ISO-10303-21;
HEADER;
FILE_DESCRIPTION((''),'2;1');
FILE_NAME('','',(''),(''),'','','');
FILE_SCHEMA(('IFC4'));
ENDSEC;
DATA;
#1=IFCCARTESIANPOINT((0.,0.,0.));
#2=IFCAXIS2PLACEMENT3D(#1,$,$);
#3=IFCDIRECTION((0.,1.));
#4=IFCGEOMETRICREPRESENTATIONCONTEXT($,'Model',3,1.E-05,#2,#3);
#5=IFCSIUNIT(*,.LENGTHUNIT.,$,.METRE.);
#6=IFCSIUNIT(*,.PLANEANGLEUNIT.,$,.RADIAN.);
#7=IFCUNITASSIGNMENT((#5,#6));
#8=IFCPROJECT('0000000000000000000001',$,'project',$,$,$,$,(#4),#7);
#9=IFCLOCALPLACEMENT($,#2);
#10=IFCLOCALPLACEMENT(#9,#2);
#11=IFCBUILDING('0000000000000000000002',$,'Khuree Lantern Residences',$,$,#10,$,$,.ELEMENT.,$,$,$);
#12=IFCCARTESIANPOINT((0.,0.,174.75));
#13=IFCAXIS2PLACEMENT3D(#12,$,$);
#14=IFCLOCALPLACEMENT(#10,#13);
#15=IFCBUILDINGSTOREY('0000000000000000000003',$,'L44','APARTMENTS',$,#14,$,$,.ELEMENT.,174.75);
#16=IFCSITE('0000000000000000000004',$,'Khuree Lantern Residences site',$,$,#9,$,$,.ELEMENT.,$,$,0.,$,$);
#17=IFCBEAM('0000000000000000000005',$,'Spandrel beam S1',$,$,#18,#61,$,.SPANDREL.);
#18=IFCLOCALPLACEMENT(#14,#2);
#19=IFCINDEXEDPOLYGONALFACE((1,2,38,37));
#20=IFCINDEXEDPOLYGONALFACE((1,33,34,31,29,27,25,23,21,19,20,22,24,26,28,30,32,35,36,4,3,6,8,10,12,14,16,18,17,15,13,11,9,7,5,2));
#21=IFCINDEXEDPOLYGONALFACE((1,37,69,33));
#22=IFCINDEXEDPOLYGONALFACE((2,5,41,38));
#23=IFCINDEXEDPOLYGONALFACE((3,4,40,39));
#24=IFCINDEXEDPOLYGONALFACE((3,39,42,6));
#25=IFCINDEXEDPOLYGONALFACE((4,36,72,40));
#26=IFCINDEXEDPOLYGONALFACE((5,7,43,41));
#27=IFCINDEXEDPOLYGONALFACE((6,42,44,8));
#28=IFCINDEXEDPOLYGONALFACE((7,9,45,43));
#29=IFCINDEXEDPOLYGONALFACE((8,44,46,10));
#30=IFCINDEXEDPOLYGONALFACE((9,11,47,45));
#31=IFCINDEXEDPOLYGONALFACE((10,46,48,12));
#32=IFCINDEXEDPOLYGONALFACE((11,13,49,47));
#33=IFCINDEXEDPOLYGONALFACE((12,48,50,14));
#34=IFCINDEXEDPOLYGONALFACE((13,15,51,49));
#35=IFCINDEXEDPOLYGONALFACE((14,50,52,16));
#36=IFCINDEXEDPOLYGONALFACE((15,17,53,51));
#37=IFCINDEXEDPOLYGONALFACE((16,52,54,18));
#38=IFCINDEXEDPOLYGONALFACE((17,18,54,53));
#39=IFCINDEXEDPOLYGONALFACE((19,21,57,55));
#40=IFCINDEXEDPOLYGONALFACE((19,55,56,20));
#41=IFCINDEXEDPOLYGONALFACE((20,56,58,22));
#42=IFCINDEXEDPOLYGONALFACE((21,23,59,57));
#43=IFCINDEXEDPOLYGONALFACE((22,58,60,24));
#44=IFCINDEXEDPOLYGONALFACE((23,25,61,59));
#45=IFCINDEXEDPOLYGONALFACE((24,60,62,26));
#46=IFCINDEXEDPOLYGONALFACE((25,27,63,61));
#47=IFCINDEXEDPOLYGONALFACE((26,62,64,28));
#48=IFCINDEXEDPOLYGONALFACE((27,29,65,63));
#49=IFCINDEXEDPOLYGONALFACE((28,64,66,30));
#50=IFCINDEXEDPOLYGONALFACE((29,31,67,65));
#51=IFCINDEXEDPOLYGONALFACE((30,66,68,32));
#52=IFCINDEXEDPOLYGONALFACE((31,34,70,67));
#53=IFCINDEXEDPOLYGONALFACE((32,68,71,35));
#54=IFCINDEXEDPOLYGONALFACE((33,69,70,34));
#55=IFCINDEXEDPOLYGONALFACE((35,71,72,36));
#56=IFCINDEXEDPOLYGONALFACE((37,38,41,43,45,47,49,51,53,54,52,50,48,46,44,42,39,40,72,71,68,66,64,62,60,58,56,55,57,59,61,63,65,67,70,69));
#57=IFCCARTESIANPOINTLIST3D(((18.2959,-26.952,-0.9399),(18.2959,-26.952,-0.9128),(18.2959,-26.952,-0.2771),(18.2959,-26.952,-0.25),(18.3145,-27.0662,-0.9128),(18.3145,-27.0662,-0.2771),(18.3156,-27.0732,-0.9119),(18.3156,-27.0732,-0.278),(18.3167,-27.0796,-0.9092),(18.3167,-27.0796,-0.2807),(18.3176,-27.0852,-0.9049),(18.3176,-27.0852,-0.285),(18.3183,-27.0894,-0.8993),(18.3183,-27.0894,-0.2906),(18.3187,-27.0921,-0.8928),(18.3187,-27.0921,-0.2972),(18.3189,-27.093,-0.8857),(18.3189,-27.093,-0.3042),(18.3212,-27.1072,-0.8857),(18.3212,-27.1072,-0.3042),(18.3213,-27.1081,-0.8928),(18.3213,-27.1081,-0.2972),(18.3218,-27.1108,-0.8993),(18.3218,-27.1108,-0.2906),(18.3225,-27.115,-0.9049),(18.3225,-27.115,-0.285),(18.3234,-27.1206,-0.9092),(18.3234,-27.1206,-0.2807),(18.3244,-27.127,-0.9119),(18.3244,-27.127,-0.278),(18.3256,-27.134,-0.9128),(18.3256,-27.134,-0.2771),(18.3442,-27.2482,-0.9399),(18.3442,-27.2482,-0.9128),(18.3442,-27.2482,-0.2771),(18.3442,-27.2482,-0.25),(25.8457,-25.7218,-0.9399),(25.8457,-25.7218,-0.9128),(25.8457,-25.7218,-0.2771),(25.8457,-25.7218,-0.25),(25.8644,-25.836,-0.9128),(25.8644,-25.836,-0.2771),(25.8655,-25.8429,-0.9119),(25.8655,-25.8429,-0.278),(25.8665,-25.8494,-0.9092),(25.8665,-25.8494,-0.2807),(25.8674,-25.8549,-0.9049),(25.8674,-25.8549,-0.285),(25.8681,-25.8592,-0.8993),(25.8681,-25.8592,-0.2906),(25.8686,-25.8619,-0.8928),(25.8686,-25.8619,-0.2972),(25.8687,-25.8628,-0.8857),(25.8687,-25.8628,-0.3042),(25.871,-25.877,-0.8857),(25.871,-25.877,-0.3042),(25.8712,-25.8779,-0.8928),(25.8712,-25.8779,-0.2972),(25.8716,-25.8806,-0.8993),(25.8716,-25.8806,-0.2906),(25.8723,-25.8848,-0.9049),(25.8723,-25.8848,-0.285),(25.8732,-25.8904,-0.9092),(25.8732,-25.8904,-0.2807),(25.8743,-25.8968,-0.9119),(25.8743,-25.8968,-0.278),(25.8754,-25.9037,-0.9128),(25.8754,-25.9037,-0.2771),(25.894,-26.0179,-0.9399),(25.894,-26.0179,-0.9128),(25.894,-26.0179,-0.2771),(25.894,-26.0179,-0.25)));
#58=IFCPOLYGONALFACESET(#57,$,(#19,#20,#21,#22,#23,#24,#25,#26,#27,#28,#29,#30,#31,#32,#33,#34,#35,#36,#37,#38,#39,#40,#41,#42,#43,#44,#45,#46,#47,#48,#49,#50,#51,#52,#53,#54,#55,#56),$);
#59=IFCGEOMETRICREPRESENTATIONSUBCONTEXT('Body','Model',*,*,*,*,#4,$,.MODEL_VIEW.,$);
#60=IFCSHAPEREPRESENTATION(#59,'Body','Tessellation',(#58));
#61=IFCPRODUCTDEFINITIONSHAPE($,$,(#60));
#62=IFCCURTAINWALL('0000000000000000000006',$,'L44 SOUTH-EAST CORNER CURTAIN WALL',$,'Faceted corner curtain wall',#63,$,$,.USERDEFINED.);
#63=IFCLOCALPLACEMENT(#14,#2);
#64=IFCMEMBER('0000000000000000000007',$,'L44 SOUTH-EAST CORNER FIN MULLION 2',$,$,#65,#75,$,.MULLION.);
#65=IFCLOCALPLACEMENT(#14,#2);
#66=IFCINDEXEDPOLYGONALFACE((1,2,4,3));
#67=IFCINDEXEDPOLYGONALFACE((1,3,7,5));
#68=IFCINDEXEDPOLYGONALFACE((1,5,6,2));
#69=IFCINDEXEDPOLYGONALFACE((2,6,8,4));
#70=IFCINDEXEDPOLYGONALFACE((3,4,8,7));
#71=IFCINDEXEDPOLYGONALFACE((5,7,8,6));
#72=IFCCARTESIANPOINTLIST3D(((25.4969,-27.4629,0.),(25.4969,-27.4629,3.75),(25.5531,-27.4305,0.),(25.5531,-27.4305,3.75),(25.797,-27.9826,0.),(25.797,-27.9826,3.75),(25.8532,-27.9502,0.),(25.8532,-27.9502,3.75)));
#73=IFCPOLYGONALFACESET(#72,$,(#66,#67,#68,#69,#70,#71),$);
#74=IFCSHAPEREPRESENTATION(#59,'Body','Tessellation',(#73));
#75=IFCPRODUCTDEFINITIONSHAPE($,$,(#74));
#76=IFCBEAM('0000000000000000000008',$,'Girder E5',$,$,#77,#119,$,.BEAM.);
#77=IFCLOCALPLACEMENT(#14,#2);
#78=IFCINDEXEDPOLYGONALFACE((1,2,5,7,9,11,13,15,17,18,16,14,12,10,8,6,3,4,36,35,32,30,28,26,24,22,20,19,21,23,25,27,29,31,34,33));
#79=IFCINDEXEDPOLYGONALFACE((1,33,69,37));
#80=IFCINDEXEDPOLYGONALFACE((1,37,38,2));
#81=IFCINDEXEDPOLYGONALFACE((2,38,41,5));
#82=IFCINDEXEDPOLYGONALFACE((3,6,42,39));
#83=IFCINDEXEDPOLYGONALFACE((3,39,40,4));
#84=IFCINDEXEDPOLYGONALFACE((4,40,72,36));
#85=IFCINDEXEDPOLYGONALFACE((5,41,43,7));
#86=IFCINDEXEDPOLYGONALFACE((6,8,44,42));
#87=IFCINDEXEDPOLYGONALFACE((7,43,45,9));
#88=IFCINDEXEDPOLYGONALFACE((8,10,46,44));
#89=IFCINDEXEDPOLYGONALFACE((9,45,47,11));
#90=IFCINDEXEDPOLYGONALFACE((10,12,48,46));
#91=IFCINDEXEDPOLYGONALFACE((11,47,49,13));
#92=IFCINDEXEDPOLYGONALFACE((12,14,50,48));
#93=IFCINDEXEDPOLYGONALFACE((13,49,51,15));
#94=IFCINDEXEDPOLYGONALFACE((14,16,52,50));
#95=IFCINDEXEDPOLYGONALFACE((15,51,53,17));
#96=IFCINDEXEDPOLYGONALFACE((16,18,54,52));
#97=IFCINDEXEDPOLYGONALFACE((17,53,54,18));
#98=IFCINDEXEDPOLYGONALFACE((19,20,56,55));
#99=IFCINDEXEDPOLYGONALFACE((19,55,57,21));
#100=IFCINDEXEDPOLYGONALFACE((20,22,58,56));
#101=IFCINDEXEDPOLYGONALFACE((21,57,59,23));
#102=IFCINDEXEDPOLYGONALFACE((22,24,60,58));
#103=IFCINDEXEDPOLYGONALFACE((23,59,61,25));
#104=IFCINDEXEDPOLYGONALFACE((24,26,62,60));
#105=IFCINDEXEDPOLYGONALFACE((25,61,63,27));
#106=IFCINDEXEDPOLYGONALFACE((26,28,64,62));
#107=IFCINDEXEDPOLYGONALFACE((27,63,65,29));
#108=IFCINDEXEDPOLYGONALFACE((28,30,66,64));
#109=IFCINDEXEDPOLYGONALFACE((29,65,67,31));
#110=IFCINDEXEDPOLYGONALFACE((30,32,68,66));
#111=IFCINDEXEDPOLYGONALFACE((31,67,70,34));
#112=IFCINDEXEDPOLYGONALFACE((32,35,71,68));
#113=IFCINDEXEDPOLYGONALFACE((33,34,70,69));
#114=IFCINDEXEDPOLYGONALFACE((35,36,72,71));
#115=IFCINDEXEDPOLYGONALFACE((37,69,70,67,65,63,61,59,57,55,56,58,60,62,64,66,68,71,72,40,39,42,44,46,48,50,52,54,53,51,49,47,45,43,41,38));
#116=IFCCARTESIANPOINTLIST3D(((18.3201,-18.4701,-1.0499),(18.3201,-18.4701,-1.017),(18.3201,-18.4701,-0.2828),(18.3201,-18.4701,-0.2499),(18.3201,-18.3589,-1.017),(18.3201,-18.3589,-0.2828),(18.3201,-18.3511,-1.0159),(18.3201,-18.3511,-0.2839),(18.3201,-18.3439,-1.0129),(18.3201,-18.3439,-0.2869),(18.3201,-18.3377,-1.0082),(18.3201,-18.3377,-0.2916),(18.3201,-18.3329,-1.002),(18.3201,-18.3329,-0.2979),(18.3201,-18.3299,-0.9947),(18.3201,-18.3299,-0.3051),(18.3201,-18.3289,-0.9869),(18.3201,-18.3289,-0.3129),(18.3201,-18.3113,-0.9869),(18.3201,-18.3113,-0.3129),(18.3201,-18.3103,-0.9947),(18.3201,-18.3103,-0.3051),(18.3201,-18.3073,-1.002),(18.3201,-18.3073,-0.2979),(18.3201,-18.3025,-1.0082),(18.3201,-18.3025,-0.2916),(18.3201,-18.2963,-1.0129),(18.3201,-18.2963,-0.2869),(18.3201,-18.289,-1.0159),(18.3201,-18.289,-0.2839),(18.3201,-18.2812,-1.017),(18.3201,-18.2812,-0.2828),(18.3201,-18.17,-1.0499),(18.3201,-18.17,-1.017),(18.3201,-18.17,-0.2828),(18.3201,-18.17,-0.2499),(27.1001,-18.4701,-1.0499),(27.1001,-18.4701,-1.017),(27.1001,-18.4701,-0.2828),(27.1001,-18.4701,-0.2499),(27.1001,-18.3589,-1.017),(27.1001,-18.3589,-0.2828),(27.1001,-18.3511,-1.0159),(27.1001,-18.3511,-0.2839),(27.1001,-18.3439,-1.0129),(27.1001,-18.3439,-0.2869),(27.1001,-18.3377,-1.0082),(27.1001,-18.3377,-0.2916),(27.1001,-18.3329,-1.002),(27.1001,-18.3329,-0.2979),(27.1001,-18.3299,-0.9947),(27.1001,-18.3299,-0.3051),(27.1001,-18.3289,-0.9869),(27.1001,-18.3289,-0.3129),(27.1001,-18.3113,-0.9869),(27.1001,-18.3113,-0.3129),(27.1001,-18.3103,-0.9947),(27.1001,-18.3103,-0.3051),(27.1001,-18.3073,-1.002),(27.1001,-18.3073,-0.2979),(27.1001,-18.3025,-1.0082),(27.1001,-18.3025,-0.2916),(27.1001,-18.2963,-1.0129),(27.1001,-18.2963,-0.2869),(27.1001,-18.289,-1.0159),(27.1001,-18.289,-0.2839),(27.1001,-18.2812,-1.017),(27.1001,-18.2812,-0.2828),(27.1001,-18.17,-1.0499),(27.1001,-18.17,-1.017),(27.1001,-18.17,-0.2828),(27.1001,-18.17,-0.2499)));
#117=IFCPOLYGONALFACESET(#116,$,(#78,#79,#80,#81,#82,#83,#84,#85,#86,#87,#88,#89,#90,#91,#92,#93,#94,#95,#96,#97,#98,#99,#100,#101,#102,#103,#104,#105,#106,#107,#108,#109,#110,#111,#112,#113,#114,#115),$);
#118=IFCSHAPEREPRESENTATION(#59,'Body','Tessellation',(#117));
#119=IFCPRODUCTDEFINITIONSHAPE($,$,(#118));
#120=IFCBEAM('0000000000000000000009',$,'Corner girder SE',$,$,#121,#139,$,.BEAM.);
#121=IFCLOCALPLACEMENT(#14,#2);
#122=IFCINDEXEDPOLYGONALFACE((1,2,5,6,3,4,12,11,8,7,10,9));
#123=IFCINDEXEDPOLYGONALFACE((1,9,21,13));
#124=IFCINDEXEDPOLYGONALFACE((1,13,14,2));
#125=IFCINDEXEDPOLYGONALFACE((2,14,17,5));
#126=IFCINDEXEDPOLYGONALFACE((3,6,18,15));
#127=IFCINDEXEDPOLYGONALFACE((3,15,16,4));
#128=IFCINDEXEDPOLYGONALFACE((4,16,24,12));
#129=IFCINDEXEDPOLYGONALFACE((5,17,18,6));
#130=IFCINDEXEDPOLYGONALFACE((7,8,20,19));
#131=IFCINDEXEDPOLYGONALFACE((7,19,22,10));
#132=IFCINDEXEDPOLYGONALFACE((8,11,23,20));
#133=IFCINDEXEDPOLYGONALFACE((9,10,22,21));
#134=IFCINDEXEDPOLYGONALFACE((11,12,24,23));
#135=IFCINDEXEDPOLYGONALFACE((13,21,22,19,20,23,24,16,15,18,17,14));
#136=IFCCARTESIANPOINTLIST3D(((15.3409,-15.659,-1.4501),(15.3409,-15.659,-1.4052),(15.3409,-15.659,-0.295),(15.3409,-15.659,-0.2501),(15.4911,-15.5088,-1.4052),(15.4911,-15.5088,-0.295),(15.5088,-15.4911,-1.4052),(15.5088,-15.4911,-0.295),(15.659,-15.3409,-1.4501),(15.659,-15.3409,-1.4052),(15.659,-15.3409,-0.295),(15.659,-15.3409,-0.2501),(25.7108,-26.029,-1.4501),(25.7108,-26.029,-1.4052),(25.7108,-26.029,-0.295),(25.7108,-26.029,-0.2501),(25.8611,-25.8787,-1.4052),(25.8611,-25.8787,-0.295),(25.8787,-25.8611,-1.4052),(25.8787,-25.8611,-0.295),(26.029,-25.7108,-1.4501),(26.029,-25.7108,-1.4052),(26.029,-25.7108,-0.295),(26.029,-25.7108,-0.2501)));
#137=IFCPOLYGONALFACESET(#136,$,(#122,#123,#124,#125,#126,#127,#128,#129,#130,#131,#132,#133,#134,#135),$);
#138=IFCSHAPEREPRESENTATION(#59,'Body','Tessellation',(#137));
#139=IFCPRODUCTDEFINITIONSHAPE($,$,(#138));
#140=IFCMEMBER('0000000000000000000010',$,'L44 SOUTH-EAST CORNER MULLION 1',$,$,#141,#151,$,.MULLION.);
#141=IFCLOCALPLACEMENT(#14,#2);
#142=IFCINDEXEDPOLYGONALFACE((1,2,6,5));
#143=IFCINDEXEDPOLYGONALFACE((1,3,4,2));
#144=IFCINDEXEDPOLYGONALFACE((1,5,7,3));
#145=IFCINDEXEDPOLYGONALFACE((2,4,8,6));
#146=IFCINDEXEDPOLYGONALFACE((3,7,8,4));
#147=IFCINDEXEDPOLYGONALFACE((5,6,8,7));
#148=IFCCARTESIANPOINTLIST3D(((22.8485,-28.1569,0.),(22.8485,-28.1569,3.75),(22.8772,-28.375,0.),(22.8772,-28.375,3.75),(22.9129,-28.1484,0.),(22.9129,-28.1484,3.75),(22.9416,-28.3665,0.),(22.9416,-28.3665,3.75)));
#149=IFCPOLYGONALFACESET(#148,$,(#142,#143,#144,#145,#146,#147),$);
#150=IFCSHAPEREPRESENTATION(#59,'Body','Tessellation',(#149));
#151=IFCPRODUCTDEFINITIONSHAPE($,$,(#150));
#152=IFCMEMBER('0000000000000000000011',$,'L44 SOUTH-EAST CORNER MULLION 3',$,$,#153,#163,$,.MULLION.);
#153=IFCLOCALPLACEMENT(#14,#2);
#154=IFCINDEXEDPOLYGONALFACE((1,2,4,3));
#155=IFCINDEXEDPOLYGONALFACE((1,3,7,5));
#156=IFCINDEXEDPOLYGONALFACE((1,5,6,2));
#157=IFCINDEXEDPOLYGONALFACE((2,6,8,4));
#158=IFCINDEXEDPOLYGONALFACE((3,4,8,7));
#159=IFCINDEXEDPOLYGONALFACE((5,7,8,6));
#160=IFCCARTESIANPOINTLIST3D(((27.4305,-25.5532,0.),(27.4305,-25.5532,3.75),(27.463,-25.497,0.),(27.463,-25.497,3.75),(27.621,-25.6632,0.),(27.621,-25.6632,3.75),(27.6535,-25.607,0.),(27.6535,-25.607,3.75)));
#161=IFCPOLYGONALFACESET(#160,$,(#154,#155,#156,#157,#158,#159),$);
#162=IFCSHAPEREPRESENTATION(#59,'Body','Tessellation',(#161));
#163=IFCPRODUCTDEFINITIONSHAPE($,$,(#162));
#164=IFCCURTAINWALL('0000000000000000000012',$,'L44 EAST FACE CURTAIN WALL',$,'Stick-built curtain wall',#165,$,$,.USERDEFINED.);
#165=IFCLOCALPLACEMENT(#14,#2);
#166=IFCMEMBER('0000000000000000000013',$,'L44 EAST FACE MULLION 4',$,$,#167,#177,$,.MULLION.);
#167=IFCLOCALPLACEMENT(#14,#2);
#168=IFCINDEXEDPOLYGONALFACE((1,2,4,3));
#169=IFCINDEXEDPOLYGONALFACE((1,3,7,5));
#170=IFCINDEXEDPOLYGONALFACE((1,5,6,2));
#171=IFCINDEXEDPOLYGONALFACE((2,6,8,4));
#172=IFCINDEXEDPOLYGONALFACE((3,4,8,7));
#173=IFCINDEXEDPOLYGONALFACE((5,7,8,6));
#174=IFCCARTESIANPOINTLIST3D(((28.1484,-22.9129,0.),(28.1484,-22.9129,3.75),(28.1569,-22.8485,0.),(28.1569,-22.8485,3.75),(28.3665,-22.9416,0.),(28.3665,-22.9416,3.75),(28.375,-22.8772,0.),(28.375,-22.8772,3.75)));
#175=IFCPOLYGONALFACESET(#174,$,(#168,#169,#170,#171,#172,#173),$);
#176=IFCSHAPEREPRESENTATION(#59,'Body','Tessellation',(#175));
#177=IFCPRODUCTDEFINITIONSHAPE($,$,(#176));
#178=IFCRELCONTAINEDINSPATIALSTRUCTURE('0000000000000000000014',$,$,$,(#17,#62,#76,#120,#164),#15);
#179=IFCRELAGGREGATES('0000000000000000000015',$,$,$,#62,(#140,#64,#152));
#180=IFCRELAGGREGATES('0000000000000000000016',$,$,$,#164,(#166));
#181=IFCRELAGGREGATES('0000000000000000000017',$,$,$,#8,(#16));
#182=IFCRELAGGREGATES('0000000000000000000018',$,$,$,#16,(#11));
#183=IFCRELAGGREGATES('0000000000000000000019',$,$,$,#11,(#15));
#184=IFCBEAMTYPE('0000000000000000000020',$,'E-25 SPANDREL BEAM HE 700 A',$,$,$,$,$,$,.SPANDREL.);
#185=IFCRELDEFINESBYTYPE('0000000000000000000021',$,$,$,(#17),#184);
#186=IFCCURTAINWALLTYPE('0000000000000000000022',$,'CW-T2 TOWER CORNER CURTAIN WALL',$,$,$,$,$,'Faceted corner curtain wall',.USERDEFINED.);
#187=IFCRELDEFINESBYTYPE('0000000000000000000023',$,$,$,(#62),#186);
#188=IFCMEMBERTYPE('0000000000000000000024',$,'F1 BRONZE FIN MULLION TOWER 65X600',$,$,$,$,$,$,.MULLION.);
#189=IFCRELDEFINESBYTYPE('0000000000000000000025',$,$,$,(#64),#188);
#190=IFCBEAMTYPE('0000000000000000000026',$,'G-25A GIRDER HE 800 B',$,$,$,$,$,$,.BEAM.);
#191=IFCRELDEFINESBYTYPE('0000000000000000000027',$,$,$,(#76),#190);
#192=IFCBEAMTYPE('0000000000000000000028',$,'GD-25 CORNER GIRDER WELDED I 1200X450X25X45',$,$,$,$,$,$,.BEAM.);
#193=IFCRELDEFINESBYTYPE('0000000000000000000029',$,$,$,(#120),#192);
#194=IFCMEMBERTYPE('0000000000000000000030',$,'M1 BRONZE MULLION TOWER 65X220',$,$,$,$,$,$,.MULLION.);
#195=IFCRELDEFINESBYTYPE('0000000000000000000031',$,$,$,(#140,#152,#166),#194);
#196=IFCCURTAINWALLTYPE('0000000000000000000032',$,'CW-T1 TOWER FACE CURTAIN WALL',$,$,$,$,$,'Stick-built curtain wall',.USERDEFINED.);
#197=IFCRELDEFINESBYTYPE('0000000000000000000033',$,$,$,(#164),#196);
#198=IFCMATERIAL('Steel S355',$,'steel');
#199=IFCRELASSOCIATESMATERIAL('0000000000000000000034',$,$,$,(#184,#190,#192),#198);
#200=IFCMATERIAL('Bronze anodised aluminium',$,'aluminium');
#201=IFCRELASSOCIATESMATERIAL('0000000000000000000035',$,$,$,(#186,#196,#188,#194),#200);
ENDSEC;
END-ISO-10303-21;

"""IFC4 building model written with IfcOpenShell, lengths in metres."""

from ifc_helpers import new_model, si_unit, direction, frame, origin, origin_2d, place, context, subcontext, project, spatial, rectangle, i_section, extrude, material, material_profile, profile_set, type_object, element, aggregate, save


model = new_model("IFC4")

# Units and contexts
model_context = context("Model", 3, precision=1e-05, world=origin(), true_north=direction((0.0, 1.0)))
body_context = subcontext(model_context, "Body", "Model", "MODEL_VIEW")
ifc_project = project(units=[si_unit("LENGTHUNIT", "METRE"), si_unit("PLANEANGLEUNIT", "RADIAN")], contexts=[model_context])

# Site, building, storey
site_placement = place(None, origin())
site = spatial("IfcSite", under=ifc_project, at=site_placement, Name="Khuree Lantern Residences site", CompositionType="ELEMENT", RefElevation=0.0)
building_placement = place(site_placement, origin())
building = spatial("IfcBuilding", under=site, at=building_placement, Name="Khuree Lantern Residences", CompositionType="ELEMENT")
storey_placement = place(building_placement, frame((0.0, 0.0, 174.75)))
storey = spatial("IfcBuildingStorey", under=building, at=storey_placement, Name="L44", Description="APARTMENTS", CompositionType="ELEMENT", Elevation=174.75)

# Beam
ifc_material_1 = material(Name="Steel S355", Category="steel")
ifc_material_profile_1 = material_profile(ifc_material_1, i_section(OverallWidth=0.3, OverallDepth=0.6899, WebThickness=0.0144, FlangeThickness=0.0271, FilletRadius=0.0271, at=origin_2d()), Name="HE 700 A")
ifc_profile_set_1 = profile_set([ifc_material_profile_1], Name="Steel S355")
beam_type_1 = type_object("IfcBeamType", Name="E-25 SPANDREL BEAM HE 700 A", PredefinedType="SPANDREL", material=ifc_profile_set_1)
for number, where, z_axis, x_axis, name in (
    (1, (25.8699, -25.8699, -0.595), (-0.986983, -0.160827, 0.0), (0.160827, -0.986983, 0.0), "Spandrel beam S1"),
):
    element("IfcBeam", number, at=place(storey_placement, frame(where, z_axis=z_axis, x_axis=x_axis)), inside=storey, type_object=beam_type_1, Name=name, PredefinedType="SPANDREL", context=body_context, shape_type="SweptSolid", body=[
        extrude(i_section(OverallWidth=0.3, OverallDepth=0.6899, WebThickness=0.0144, FlangeThickness=0.0271, FilletRadius=0.0271, at=origin_2d()), origin(), (0.0, 0.0, 1.0), 7.6494),
    ])

# Curtain wall, member
ifc_material_2 = material(Name="Bronze anodised aluminium", Category="aluminium")
curtain_wall_type_1 = type_object("IfcCurtainWallType", Name="CW-T2 TOWER CORNER CURTAIN WALL", ElementType="Faceted corner curtain wall", PredefinedType="USERDEFINED", material=ifc_material_2)
curtain_wall_1_placement = place(storey_placement, origin())
curtain_wall_1 = element("IfcCurtainWall", 2, at=curtain_wall_1_placement, inside=storey, type_object=curtain_wall_type_1, Name="L44 SOUTH-EAST CORNER CURTAIN WALL", ObjectType="Faceted corner curtain wall", PredefinedType="USERDEFINED")
ifc_material_profile_2 = material_profile(ifc_material_2, rectangle(XDim=0.0649, YDim=0.6001, at=origin_2d()), Name="F1 65X600")
ifc_profile_set_2 = profile_set([ifc_material_profile_2], Name="Bronze anodised aluminium")
member_type_1 = type_object("IfcMemberType", Name="F1 BRONZE FIN MULLION TOWER 65X600", PredefinedType="MULLION", material=ifc_profile_set_2)
member_1_placement = place(storey_placement, frame((25.675, -27.7065, 0.0), z_axis=(0.0, 0.0, 1.0), x_axis=(0.866025, 0.5, 0.0)))
member_1 = element("IfcMember", 3, at=member_1_placement, type_object=member_type_1, Name="L44 SOUTH-EAST CORNER FIN MULLION 2", PredefinedType="MULLION", context=body_context, shape_type="SweptSolid", body=[
    extrude(rectangle(XDim=0.0649, YDim=0.6001, at=origin_2d()), origin(), (0.0, 0.0, 1.0), 3.75),
])

# Beams
ifc_material_profile_3 = material_profile(ifc_material_1, i_section(OverallWidth=0.3, OverallDepth=0.8, WebThickness=0.0176, FlangeThickness=0.033, FilletRadius=0.03, at=origin_2d()), Name="HE 800 B")
ifc_profile_set_3 = profile_set([ifc_material_profile_3], Name="Steel S355")
beam_type_2 = type_object("IfcBeamType", Name="G-25A GIRDER HE 800 B", PredefinedType="BEAM", material=ifc_profile_set_3)
beam_1_placement = place(storey_placement, frame((27.1001, -18.3201, -0.6499), z_axis=(-1.0, 0.0, 0.0), x_axis=(0.0, -1.0, 0.0)))
element("IfcBeam", 4, at=beam_1_placement, inside=storey, type_object=beam_type_2, Name="Girder E5", PredefinedType="BEAM", context=body_context, shape_type="SweptSolid", body=[
    extrude(i_section(OverallWidth=0.3, OverallDepth=0.8, WebThickness=0.0176, FlangeThickness=0.033, FilletRadius=0.03, at=origin_2d()), origin(), (0.0, 0.0, 1.0), 8.78),
])
ifc_material_profile_4 = material_profile(ifc_material_1, i_section(OverallWidth=0.45, OverallDepth=1.2, WebThickness=0.0249, FlangeThickness=0.0449, at=origin_2d()), Name="WELDED I 1200X450X25X45")
ifc_profile_set_4 = profile_set([ifc_material_profile_4], Name="Steel S355")
beam_type_3 = type_object("IfcBeamType", Name="GD-25 CORNER GIRDER WELDED I 1200X450X25X45", PredefinedType="BEAM", material=ifc_profile_set_4)
beam_2_placement = place(storey_placement, frame((25.8699, -25.8699, -0.8501), z_axis=(-0.707107, 0.707107, 0.0), x_axis=(-0.707107, -0.707107, 0.0)))
element("IfcBeam", 5, at=beam_2_placement, inside=storey, type_object=beam_type_3, Name="Corner girder SE", PredefinedType="BEAM", context=body_context, shape_type="SweptSolid", body=[
    extrude(i_section(OverallWidth=0.45, OverallDepth=1.2, WebThickness=0.0249, FlangeThickness=0.0449, at=origin_2d()), origin(), (0.0, 0.0, 1.0), 14.6653),
])

# Members
ifc_material_profile_5 = material_profile(ifc_material_2, rectangle(XDim=0.0649, YDim=0.22, at=origin_2d()), Name="M1 65X220")
ifc_profile_set_5 = profile_set([ifc_material_profile_5], Name="Bronze anodised aluminium")
member_type_2 = type_object("IfcMemberType", Name="M1 BRONZE MULLION TOWER 65X220", PredefinedType="MULLION", material=ifc_profile_set_5)
member_2_placement = place(storey_placement, frame((22.895, -28.2617, 0.0), z_axis=(0.0, 0.0, 1.0), x_axis=(0.991445, 0.130526, 0.0)))
member_2 = element("IfcMember", 6, at=member_2_placement, type_object=member_type_2, Name="L44 SOUTH-EAST CORNER MULLION 1", PredefinedType="MULLION", context=body_context, shape_type="SweptSolid", body=[
    extrude(rectangle(XDim=0.0649, YDim=0.22, at=origin_2d()), origin(), (0.0, 0.0, 1.0), 3.75),
])
member_3_placement = place(storey_placement, frame((27.542, -25.5801, 0.0), z_axis=(0.0, 0.0, 1.0), x_axis=(0.5, 0.866025, 0.0)))
member_3 = element("IfcMember", 7, at=member_3_placement, type_object=member_type_2, Name="L44 SOUTH-EAST CORNER MULLION 3", PredefinedType="MULLION", context=body_context, shape_type="SweptSolid", body=[
    extrude(rectangle(XDim=0.0649, YDim=0.22, at=origin_2d()), origin(), (0.0, 0.0, 1.0), 3.75),
])

# Curtain wall, member
curtain_wall_type_2 = type_object("IfcCurtainWallType", Name="CW-T1 TOWER FACE CURTAIN WALL", ElementType="Stick-built curtain wall", PredefinedType="USERDEFINED", material=ifc_material_2)
curtain_wall_2_placement = place(storey_placement, origin())
curtain_wall_2 = element("IfcCurtainWall", 8, at=curtain_wall_2_placement, inside=storey, type_object=curtain_wall_type_2, Name="L44 EAST FACE CURTAIN WALL", ObjectType="Stick-built curtain wall", PredefinedType="USERDEFINED")
member_4_placement = place(storey_placement, frame((28.2617, -22.895, 0.0), z_axis=(0.0, 0.0, 1.0), x_axis=(0.130526, 0.991445, 0.0)))
member_4 = element("IfcMember", 9, at=member_4_placement, type_object=member_type_2, Name="L44 EAST FACE MULLION 4", PredefinedType="MULLION", context=body_context, shape_type="SweptSolid", body=[
    extrude(rectangle(XDim=0.0649, YDim=0.22, at=origin_2d()), origin(), (0.0, 0.0, 1.0), 3.75),
])

aggregate(curtain_wall_1, [member_2, member_1, member_3])
aggregate(curtain_wall_2, [member_4])

save(model, "model.ifc")
